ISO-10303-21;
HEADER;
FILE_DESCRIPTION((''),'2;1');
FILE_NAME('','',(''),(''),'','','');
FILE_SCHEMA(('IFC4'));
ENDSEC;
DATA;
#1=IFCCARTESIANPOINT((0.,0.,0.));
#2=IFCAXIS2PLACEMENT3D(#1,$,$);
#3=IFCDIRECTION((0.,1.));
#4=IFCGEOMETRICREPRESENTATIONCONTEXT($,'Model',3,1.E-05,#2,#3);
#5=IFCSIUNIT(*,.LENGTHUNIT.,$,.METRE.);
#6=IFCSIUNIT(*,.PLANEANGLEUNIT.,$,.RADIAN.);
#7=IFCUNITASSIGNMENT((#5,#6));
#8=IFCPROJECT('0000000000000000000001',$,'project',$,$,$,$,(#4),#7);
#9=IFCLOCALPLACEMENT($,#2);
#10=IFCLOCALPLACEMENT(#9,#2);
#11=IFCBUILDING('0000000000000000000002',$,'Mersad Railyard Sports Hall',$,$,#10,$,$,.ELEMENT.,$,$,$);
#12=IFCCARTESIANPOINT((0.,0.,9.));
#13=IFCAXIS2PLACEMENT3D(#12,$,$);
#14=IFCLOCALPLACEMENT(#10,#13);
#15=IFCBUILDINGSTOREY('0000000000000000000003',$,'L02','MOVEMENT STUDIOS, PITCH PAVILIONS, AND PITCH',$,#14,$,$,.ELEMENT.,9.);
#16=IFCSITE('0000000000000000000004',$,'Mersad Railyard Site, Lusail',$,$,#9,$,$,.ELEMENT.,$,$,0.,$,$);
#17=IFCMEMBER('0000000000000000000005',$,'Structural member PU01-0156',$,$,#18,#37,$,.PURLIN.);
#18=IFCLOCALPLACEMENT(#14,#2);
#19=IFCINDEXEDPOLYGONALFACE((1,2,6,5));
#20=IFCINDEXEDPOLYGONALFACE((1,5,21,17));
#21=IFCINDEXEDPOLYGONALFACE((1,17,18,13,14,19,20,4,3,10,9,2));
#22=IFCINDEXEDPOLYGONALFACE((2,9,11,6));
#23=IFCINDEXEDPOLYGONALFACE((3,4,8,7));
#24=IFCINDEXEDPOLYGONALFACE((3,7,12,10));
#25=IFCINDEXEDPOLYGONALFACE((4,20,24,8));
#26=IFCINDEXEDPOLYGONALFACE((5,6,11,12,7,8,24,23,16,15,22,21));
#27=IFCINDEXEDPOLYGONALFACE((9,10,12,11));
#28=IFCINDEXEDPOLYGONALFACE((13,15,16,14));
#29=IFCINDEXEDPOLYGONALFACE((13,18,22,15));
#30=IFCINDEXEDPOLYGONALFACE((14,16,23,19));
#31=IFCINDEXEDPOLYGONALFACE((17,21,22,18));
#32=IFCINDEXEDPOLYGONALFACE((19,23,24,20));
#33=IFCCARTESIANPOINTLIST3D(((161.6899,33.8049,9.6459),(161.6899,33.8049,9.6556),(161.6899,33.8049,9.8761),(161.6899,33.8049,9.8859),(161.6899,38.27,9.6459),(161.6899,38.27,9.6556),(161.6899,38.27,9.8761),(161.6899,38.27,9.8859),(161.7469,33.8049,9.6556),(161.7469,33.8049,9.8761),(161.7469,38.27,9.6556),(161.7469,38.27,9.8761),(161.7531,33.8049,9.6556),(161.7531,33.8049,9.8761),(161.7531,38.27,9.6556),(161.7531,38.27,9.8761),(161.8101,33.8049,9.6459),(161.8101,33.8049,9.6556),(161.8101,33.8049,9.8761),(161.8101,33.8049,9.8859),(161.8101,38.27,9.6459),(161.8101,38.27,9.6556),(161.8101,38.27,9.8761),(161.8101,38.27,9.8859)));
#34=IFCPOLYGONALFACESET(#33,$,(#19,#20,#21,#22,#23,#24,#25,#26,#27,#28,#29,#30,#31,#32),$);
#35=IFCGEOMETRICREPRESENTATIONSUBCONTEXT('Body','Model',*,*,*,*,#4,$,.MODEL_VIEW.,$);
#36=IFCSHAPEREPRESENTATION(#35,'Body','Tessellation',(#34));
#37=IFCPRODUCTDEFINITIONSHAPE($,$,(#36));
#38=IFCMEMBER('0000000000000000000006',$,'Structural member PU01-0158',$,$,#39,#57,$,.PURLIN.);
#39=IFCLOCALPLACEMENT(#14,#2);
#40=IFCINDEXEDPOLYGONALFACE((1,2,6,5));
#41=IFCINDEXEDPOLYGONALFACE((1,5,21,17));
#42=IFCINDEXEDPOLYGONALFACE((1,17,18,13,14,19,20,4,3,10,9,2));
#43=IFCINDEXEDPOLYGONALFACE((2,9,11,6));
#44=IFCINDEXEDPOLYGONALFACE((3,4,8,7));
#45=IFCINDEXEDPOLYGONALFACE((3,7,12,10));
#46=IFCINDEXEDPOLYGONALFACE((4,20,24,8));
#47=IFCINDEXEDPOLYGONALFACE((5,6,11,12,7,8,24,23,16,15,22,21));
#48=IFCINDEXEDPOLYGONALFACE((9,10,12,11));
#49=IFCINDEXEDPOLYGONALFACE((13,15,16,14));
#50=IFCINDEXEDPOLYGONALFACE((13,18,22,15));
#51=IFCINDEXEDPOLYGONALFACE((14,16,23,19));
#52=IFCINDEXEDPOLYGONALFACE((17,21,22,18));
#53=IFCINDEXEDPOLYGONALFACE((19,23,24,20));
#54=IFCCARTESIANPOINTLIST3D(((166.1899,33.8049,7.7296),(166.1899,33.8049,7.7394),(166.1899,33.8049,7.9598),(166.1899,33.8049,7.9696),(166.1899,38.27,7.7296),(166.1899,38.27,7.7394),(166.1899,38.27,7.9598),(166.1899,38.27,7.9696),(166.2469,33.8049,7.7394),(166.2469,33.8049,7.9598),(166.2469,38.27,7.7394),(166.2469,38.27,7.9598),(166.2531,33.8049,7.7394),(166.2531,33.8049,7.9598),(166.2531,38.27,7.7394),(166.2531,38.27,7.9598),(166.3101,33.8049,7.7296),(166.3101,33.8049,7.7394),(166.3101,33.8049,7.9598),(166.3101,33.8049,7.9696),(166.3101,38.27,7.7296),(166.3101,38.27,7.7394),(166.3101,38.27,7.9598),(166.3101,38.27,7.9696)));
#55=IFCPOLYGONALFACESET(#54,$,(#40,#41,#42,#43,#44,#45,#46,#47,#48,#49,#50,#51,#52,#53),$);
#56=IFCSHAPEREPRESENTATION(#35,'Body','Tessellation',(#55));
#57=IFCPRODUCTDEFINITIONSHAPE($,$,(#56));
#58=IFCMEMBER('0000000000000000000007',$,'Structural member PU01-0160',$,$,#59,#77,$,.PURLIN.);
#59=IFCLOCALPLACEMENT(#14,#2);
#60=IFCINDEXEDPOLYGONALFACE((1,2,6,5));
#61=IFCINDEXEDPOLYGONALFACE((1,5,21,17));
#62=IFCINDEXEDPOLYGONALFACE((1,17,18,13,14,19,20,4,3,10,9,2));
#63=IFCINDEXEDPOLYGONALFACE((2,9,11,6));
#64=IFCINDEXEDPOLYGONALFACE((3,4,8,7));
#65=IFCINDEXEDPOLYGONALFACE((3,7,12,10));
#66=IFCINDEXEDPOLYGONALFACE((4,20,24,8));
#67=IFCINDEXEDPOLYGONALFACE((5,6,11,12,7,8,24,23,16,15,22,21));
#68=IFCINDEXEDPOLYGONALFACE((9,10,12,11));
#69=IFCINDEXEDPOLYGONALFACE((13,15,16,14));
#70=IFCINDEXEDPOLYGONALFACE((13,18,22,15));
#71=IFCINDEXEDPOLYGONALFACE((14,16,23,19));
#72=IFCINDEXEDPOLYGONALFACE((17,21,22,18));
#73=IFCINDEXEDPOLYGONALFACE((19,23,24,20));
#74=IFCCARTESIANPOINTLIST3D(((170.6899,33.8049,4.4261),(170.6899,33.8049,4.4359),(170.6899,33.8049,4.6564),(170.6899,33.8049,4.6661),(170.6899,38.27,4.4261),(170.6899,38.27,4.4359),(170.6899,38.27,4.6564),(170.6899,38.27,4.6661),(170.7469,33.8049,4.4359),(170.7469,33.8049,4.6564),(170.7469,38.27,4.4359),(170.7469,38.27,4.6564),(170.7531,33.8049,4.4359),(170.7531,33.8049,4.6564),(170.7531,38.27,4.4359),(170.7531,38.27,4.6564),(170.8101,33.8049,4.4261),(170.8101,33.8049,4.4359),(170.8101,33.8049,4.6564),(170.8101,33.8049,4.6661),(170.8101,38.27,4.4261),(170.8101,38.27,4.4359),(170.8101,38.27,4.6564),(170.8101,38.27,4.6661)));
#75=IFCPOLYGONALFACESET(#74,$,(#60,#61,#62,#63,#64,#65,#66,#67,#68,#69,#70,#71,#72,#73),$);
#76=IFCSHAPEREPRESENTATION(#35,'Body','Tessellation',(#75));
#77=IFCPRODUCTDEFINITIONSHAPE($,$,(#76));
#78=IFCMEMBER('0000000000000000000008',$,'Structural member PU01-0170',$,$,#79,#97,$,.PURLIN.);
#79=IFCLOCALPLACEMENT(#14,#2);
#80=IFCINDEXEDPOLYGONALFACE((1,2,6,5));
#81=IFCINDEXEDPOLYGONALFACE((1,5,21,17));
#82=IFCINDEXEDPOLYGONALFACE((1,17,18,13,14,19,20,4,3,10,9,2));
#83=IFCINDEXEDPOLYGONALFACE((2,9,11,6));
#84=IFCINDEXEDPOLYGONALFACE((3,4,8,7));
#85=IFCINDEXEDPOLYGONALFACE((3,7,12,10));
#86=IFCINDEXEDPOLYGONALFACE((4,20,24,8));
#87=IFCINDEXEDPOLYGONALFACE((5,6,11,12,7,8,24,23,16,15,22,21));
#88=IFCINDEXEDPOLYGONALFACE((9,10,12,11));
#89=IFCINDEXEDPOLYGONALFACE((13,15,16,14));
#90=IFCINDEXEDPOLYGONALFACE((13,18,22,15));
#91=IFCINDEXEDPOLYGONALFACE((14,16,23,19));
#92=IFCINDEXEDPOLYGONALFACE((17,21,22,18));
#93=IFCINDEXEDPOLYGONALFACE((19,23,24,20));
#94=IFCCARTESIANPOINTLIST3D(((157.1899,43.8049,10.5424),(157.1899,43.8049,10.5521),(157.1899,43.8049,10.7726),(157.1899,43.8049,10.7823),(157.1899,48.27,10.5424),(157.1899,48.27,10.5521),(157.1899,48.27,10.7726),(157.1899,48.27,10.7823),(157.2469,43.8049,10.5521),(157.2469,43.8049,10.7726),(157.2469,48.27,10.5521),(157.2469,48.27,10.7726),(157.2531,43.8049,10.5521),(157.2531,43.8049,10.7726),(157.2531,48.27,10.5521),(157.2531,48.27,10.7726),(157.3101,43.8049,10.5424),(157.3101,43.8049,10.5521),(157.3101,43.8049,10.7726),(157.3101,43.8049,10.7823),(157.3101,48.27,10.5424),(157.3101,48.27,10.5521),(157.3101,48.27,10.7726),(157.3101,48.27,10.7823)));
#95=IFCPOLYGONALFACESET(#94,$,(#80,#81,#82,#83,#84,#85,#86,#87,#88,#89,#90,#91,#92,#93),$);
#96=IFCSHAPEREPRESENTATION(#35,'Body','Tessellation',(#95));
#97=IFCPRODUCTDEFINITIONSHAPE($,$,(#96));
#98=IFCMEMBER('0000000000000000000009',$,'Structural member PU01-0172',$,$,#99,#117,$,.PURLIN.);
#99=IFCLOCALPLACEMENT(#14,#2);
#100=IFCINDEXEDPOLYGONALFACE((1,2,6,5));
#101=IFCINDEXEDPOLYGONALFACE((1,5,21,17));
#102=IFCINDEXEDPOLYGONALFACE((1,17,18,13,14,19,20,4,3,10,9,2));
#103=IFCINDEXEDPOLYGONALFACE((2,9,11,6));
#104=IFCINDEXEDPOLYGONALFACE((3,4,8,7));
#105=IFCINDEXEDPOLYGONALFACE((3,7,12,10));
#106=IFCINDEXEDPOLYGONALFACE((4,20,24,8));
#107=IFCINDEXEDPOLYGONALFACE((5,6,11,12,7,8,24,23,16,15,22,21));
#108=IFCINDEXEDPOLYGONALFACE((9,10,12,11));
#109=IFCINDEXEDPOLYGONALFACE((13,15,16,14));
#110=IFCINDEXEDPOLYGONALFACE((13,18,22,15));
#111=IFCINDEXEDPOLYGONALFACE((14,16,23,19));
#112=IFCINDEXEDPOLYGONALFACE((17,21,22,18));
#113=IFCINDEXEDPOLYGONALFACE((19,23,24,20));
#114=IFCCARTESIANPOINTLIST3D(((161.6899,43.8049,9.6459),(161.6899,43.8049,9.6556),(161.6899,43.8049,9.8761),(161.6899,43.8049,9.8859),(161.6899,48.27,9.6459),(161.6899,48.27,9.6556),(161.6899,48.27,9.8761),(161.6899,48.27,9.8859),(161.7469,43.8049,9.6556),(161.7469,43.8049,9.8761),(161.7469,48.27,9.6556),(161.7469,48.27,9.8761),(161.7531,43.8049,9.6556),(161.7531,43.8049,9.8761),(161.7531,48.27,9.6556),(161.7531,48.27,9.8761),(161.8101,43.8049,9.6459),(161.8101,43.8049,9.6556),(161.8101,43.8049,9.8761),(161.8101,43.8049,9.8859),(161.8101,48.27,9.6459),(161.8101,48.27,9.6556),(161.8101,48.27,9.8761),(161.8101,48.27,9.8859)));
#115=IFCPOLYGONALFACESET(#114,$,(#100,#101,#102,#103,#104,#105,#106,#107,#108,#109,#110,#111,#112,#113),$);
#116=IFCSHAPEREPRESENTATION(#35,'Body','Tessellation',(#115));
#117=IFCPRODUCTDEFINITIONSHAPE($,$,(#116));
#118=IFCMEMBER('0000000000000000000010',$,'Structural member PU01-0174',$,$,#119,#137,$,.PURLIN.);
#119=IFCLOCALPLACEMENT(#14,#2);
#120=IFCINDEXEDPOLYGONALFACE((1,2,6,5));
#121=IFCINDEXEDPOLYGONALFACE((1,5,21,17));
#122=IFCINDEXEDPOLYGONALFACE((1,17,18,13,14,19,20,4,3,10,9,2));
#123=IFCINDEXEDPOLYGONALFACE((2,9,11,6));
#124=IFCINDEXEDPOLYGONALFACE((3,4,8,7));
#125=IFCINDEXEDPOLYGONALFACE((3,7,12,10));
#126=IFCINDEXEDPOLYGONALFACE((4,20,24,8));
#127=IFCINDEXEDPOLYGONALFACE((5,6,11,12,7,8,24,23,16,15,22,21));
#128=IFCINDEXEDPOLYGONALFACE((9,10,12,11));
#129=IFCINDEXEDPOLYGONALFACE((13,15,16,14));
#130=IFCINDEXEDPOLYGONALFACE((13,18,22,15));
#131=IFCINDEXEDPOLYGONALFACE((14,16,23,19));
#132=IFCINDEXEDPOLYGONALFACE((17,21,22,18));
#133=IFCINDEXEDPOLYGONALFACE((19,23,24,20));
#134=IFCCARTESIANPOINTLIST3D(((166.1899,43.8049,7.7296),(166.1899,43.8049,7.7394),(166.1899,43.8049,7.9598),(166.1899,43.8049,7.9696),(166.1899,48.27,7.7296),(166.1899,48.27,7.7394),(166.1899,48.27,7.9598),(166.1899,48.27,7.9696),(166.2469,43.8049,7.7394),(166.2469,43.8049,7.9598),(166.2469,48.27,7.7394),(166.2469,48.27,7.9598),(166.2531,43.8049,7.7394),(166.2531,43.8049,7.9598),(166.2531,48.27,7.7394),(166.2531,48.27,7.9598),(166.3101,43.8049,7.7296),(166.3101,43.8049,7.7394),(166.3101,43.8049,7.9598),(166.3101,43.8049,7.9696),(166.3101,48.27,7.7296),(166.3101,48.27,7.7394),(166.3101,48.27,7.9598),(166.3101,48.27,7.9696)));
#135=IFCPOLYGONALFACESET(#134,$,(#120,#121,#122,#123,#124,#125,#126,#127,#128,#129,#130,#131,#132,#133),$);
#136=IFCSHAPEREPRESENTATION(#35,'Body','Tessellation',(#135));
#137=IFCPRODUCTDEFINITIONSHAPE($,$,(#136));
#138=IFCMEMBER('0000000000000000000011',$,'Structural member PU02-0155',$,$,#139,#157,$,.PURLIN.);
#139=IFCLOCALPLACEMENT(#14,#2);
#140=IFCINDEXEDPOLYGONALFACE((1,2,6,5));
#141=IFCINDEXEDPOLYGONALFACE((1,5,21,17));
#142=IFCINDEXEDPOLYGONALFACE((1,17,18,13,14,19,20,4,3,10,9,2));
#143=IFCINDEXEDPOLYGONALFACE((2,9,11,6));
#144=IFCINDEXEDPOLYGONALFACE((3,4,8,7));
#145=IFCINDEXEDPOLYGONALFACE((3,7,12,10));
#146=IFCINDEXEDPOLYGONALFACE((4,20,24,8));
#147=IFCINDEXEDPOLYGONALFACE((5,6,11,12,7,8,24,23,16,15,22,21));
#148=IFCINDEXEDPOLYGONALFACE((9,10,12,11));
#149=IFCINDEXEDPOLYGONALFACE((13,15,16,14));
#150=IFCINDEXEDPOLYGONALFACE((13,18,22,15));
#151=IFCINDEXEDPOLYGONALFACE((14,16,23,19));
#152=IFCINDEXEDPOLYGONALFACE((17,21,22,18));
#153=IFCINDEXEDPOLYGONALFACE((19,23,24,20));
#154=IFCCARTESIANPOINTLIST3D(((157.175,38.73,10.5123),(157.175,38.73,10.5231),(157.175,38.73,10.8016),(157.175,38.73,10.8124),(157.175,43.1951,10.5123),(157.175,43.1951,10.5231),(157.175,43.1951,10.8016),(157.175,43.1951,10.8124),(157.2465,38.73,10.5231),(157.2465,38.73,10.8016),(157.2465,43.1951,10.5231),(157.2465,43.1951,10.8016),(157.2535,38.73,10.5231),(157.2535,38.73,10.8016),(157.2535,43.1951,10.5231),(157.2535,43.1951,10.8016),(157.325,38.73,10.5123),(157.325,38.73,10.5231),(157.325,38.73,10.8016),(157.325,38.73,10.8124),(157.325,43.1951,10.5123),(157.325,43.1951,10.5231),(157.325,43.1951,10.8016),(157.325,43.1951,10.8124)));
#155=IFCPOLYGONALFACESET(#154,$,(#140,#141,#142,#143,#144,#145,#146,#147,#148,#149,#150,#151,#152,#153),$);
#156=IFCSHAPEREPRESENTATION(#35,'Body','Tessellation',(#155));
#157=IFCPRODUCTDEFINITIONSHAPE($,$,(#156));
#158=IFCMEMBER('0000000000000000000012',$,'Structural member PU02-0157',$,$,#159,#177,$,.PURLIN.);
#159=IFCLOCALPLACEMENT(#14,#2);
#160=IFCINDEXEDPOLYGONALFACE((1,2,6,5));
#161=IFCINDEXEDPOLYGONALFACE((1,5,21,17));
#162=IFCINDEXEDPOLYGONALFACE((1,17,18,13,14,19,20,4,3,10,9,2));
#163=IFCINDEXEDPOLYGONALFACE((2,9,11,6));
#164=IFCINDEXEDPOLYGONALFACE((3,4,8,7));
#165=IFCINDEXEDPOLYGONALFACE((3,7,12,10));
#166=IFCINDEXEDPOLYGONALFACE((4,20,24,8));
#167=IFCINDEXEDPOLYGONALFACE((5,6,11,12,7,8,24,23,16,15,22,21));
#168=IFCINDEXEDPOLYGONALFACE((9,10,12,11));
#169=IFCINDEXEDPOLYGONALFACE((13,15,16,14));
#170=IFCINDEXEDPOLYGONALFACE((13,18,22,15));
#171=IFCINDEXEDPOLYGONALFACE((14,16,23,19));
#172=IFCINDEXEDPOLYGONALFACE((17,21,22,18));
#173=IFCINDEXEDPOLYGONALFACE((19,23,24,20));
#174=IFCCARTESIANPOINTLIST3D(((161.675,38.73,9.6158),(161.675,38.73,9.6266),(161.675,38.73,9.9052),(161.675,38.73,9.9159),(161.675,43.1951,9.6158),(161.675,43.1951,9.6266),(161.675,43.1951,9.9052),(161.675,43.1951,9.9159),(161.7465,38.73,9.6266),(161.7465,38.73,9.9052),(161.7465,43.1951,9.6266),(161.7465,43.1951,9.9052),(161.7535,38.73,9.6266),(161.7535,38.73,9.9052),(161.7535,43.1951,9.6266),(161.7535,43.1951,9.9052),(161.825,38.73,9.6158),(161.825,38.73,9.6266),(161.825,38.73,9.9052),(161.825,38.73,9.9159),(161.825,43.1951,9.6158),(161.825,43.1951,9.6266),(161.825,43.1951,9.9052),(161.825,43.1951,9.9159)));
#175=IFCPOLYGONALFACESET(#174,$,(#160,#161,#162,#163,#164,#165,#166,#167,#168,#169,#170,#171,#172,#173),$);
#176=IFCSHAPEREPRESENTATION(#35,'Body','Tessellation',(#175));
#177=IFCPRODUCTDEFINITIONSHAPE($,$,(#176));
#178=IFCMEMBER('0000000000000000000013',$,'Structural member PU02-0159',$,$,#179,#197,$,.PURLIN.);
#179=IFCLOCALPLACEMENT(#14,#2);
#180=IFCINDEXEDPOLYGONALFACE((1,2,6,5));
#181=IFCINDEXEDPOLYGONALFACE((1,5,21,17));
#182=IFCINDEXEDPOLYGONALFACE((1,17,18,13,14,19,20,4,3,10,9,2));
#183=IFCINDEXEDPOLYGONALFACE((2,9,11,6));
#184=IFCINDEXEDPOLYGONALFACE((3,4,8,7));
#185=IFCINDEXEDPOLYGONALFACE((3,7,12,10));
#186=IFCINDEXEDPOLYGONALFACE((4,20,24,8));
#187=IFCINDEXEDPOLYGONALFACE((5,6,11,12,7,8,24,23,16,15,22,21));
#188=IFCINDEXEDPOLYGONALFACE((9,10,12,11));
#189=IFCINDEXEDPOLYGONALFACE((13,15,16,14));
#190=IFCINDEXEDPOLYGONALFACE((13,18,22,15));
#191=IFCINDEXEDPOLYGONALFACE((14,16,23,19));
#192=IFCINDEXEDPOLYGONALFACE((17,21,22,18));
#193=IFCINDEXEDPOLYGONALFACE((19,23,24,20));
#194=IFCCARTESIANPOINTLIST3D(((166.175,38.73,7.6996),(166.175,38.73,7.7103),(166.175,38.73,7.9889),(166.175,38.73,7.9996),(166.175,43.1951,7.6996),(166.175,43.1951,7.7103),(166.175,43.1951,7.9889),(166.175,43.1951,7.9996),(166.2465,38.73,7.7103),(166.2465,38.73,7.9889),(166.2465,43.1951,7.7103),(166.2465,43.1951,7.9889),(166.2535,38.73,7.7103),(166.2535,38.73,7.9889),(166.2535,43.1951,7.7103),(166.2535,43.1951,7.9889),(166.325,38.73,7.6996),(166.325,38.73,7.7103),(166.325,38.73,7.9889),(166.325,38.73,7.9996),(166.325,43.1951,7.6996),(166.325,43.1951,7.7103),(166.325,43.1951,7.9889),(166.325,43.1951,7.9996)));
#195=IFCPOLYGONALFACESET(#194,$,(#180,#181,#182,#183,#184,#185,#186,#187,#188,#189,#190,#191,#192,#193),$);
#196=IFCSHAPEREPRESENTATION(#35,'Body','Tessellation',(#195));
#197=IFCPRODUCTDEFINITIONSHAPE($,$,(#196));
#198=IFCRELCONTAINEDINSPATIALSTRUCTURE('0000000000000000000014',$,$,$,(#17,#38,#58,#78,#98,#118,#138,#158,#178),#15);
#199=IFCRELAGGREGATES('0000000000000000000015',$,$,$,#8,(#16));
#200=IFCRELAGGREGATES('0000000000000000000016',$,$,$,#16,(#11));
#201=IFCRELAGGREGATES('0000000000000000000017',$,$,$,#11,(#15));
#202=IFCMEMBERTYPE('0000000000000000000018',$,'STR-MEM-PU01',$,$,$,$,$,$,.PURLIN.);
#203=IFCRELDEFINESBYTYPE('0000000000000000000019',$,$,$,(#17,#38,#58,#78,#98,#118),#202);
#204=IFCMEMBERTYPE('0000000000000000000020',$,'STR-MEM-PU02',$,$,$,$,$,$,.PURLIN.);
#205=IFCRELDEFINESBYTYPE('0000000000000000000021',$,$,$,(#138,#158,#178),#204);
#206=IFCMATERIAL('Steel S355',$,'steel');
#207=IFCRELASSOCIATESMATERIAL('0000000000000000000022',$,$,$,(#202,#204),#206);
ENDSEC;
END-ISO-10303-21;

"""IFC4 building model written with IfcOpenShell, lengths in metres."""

from ifc_helpers import new_model, si_unit, direction, frame, origin, origin_2d, place, context, subcontext, project, spatial, i_section, extrude, material, material_profile, profile_set, type_object, element, save


model = new_model("IFC4")

# Units and contexts
model_context = context("Model", 3, precision=1e-05, world=origin(), true_north=direction((0.0, 1.0)))
body_context = subcontext(model_context, "Body", "Model", "MODEL_VIEW")
ifc_project = project(units=[si_unit("LENGTHUNIT", "METRE"), si_unit("PLANEANGLEUNIT", "RADIAN")], contexts=[model_context])

# Site, building, storey
site_placement = place(None, origin())
site = spatial("IfcSite", under=ifc_project, at=site_placement, Name="Mersad Railyard Site, Lusail", CompositionType="ELEMENT", RefElevation=0.0)
building_placement = place(site_placement, origin())
building = spatial("IfcBuilding", under=site, at=building_placement, Name="Mersad Railyard Sports Hall", CompositionType="ELEMENT")
storey_placement = place(building_placement, frame((0.0, 0.0, 9.0)))
storey = spatial("IfcBuildingStorey", under=building, at=storey_placement, Name="L02", Description="MOVEMENT STUDIOS, PITCH PAVILIONS, AND PITCH", CompositionType="ELEMENT", Elevation=9.0)

# Members
ifc_material_1 = material(Name="Steel S355", Category="steel")
ifc_material_profile_1 = material_profile(ifc_material_1, i_section(OverallWidth=0.1201, OverallDepth=0.24, WebThickness=0.0061, FlangeThickness=0.0098, at=origin_2d()), Name="IPE 240")
ifc_profile_set_1 = profile_set([ifc_material_profile_1], Name="Steel S355")
member_type_1 = type_object("IfcMemberType", Name="STR-MEM-PU01", PredefinedType="PURLIN", material=ifc_profile_set_1)
for number, where, z_axis, x_axis, name in (
    (1, (161.75, 33.8049, 9.7659), (0.0, 1.0, 0.0), (-1.0, 0.0, 0.0), "Structural member PU01-0156"),
    (2, (166.25, 33.8049, 7.8496), (0.0, 1.0, 0.0), (-1.0, 0.0, 0.0), "Structural member PU01-0158"),
    (3, (170.75, 33.8049, 4.5461), (0.0, 1.0, 0.0), (-1.0, 0.0, 0.0), "Structural member PU01-0160"),
    (4, (157.25, 43.8049, 10.6624), (0.0, 1.0, 0.0), (-1.0, 0.0, 0.0), "Structural member PU01-0170"),
    (5, (161.75, 43.8049, 9.7659), (0.0, 1.0, 0.0), (-1.0, 0.0, 0.0), "Structural member PU01-0172"),
    (6, (166.25, 43.8049, 7.8496), (0.0, 1.0, 0.0), (-1.0, 0.0, 0.0), "Structural member PU01-0174"),
):
    element("IfcMember", number, at=place(storey_placement, frame(where, z_axis=z_axis, x_axis=x_axis)), inside=storey, type_object=member_type_1, Name=name, PredefinedType="PURLIN", context=body_context, shape_type="SweptSolid", body=[
        extrude(i_section(OverallWidth=0.1201, OverallDepth=0.24, WebThickness=0.0061, FlangeThickness=0.0098, at=origin_2d()), origin(), (0.0, 0.0, 1.0), 4.4651),
    ])
ifc_material_profile_2 = material_profile(ifc_material_1, i_section(OverallWidth=0.1499, OverallDepth=0.3, WebThickness=0.0071, FlangeThickness=0.0107, at=origin_2d()), Name="IPE 300")
ifc_profile_set_2 = profile_set([ifc_material_profile_2], Name="Steel S355")
member_type_2 = type_object("IfcMemberType", Name="STR-MEM-PU02", PredefinedType="PURLIN", material=ifc_profile_set_2)
for number, where, z_axis, x_axis, name in (
    (7, (157.25, 38.73, 10.6624), (0.0, 1.0, 0.0), (-1.0, 0.0, 0.0), "Structural member PU02-0155"),
    (8, (161.75, 38.73, 9.7659), (0.0, 1.0, 0.0), (-1.0, 0.0, 0.0), "Structural member PU02-0157"),
    (9, (166.25, 38.73, 7.8496), (0.0, 1.0, 0.0), (-1.0, 0.0, 0.0), "Structural member PU02-0159"),
):
    element("IfcMember", number, at=place(storey_placement, frame(where, z_axis=z_axis, x_axis=x_axis)), inside=storey, type_object=member_type_2, Name=name, PredefinedType="PURLIN", context=body_context, shape_type="SweptSolid", body=[
        extrude(i_section(OverallWidth=0.1499, OverallDepth=0.3, WebThickness=0.0071, FlangeThickness=0.0107, at=origin_2d()), origin(), (0.0, 0.0, 1.0), 4.4651),
    ])

save(model, "model.ifc")
